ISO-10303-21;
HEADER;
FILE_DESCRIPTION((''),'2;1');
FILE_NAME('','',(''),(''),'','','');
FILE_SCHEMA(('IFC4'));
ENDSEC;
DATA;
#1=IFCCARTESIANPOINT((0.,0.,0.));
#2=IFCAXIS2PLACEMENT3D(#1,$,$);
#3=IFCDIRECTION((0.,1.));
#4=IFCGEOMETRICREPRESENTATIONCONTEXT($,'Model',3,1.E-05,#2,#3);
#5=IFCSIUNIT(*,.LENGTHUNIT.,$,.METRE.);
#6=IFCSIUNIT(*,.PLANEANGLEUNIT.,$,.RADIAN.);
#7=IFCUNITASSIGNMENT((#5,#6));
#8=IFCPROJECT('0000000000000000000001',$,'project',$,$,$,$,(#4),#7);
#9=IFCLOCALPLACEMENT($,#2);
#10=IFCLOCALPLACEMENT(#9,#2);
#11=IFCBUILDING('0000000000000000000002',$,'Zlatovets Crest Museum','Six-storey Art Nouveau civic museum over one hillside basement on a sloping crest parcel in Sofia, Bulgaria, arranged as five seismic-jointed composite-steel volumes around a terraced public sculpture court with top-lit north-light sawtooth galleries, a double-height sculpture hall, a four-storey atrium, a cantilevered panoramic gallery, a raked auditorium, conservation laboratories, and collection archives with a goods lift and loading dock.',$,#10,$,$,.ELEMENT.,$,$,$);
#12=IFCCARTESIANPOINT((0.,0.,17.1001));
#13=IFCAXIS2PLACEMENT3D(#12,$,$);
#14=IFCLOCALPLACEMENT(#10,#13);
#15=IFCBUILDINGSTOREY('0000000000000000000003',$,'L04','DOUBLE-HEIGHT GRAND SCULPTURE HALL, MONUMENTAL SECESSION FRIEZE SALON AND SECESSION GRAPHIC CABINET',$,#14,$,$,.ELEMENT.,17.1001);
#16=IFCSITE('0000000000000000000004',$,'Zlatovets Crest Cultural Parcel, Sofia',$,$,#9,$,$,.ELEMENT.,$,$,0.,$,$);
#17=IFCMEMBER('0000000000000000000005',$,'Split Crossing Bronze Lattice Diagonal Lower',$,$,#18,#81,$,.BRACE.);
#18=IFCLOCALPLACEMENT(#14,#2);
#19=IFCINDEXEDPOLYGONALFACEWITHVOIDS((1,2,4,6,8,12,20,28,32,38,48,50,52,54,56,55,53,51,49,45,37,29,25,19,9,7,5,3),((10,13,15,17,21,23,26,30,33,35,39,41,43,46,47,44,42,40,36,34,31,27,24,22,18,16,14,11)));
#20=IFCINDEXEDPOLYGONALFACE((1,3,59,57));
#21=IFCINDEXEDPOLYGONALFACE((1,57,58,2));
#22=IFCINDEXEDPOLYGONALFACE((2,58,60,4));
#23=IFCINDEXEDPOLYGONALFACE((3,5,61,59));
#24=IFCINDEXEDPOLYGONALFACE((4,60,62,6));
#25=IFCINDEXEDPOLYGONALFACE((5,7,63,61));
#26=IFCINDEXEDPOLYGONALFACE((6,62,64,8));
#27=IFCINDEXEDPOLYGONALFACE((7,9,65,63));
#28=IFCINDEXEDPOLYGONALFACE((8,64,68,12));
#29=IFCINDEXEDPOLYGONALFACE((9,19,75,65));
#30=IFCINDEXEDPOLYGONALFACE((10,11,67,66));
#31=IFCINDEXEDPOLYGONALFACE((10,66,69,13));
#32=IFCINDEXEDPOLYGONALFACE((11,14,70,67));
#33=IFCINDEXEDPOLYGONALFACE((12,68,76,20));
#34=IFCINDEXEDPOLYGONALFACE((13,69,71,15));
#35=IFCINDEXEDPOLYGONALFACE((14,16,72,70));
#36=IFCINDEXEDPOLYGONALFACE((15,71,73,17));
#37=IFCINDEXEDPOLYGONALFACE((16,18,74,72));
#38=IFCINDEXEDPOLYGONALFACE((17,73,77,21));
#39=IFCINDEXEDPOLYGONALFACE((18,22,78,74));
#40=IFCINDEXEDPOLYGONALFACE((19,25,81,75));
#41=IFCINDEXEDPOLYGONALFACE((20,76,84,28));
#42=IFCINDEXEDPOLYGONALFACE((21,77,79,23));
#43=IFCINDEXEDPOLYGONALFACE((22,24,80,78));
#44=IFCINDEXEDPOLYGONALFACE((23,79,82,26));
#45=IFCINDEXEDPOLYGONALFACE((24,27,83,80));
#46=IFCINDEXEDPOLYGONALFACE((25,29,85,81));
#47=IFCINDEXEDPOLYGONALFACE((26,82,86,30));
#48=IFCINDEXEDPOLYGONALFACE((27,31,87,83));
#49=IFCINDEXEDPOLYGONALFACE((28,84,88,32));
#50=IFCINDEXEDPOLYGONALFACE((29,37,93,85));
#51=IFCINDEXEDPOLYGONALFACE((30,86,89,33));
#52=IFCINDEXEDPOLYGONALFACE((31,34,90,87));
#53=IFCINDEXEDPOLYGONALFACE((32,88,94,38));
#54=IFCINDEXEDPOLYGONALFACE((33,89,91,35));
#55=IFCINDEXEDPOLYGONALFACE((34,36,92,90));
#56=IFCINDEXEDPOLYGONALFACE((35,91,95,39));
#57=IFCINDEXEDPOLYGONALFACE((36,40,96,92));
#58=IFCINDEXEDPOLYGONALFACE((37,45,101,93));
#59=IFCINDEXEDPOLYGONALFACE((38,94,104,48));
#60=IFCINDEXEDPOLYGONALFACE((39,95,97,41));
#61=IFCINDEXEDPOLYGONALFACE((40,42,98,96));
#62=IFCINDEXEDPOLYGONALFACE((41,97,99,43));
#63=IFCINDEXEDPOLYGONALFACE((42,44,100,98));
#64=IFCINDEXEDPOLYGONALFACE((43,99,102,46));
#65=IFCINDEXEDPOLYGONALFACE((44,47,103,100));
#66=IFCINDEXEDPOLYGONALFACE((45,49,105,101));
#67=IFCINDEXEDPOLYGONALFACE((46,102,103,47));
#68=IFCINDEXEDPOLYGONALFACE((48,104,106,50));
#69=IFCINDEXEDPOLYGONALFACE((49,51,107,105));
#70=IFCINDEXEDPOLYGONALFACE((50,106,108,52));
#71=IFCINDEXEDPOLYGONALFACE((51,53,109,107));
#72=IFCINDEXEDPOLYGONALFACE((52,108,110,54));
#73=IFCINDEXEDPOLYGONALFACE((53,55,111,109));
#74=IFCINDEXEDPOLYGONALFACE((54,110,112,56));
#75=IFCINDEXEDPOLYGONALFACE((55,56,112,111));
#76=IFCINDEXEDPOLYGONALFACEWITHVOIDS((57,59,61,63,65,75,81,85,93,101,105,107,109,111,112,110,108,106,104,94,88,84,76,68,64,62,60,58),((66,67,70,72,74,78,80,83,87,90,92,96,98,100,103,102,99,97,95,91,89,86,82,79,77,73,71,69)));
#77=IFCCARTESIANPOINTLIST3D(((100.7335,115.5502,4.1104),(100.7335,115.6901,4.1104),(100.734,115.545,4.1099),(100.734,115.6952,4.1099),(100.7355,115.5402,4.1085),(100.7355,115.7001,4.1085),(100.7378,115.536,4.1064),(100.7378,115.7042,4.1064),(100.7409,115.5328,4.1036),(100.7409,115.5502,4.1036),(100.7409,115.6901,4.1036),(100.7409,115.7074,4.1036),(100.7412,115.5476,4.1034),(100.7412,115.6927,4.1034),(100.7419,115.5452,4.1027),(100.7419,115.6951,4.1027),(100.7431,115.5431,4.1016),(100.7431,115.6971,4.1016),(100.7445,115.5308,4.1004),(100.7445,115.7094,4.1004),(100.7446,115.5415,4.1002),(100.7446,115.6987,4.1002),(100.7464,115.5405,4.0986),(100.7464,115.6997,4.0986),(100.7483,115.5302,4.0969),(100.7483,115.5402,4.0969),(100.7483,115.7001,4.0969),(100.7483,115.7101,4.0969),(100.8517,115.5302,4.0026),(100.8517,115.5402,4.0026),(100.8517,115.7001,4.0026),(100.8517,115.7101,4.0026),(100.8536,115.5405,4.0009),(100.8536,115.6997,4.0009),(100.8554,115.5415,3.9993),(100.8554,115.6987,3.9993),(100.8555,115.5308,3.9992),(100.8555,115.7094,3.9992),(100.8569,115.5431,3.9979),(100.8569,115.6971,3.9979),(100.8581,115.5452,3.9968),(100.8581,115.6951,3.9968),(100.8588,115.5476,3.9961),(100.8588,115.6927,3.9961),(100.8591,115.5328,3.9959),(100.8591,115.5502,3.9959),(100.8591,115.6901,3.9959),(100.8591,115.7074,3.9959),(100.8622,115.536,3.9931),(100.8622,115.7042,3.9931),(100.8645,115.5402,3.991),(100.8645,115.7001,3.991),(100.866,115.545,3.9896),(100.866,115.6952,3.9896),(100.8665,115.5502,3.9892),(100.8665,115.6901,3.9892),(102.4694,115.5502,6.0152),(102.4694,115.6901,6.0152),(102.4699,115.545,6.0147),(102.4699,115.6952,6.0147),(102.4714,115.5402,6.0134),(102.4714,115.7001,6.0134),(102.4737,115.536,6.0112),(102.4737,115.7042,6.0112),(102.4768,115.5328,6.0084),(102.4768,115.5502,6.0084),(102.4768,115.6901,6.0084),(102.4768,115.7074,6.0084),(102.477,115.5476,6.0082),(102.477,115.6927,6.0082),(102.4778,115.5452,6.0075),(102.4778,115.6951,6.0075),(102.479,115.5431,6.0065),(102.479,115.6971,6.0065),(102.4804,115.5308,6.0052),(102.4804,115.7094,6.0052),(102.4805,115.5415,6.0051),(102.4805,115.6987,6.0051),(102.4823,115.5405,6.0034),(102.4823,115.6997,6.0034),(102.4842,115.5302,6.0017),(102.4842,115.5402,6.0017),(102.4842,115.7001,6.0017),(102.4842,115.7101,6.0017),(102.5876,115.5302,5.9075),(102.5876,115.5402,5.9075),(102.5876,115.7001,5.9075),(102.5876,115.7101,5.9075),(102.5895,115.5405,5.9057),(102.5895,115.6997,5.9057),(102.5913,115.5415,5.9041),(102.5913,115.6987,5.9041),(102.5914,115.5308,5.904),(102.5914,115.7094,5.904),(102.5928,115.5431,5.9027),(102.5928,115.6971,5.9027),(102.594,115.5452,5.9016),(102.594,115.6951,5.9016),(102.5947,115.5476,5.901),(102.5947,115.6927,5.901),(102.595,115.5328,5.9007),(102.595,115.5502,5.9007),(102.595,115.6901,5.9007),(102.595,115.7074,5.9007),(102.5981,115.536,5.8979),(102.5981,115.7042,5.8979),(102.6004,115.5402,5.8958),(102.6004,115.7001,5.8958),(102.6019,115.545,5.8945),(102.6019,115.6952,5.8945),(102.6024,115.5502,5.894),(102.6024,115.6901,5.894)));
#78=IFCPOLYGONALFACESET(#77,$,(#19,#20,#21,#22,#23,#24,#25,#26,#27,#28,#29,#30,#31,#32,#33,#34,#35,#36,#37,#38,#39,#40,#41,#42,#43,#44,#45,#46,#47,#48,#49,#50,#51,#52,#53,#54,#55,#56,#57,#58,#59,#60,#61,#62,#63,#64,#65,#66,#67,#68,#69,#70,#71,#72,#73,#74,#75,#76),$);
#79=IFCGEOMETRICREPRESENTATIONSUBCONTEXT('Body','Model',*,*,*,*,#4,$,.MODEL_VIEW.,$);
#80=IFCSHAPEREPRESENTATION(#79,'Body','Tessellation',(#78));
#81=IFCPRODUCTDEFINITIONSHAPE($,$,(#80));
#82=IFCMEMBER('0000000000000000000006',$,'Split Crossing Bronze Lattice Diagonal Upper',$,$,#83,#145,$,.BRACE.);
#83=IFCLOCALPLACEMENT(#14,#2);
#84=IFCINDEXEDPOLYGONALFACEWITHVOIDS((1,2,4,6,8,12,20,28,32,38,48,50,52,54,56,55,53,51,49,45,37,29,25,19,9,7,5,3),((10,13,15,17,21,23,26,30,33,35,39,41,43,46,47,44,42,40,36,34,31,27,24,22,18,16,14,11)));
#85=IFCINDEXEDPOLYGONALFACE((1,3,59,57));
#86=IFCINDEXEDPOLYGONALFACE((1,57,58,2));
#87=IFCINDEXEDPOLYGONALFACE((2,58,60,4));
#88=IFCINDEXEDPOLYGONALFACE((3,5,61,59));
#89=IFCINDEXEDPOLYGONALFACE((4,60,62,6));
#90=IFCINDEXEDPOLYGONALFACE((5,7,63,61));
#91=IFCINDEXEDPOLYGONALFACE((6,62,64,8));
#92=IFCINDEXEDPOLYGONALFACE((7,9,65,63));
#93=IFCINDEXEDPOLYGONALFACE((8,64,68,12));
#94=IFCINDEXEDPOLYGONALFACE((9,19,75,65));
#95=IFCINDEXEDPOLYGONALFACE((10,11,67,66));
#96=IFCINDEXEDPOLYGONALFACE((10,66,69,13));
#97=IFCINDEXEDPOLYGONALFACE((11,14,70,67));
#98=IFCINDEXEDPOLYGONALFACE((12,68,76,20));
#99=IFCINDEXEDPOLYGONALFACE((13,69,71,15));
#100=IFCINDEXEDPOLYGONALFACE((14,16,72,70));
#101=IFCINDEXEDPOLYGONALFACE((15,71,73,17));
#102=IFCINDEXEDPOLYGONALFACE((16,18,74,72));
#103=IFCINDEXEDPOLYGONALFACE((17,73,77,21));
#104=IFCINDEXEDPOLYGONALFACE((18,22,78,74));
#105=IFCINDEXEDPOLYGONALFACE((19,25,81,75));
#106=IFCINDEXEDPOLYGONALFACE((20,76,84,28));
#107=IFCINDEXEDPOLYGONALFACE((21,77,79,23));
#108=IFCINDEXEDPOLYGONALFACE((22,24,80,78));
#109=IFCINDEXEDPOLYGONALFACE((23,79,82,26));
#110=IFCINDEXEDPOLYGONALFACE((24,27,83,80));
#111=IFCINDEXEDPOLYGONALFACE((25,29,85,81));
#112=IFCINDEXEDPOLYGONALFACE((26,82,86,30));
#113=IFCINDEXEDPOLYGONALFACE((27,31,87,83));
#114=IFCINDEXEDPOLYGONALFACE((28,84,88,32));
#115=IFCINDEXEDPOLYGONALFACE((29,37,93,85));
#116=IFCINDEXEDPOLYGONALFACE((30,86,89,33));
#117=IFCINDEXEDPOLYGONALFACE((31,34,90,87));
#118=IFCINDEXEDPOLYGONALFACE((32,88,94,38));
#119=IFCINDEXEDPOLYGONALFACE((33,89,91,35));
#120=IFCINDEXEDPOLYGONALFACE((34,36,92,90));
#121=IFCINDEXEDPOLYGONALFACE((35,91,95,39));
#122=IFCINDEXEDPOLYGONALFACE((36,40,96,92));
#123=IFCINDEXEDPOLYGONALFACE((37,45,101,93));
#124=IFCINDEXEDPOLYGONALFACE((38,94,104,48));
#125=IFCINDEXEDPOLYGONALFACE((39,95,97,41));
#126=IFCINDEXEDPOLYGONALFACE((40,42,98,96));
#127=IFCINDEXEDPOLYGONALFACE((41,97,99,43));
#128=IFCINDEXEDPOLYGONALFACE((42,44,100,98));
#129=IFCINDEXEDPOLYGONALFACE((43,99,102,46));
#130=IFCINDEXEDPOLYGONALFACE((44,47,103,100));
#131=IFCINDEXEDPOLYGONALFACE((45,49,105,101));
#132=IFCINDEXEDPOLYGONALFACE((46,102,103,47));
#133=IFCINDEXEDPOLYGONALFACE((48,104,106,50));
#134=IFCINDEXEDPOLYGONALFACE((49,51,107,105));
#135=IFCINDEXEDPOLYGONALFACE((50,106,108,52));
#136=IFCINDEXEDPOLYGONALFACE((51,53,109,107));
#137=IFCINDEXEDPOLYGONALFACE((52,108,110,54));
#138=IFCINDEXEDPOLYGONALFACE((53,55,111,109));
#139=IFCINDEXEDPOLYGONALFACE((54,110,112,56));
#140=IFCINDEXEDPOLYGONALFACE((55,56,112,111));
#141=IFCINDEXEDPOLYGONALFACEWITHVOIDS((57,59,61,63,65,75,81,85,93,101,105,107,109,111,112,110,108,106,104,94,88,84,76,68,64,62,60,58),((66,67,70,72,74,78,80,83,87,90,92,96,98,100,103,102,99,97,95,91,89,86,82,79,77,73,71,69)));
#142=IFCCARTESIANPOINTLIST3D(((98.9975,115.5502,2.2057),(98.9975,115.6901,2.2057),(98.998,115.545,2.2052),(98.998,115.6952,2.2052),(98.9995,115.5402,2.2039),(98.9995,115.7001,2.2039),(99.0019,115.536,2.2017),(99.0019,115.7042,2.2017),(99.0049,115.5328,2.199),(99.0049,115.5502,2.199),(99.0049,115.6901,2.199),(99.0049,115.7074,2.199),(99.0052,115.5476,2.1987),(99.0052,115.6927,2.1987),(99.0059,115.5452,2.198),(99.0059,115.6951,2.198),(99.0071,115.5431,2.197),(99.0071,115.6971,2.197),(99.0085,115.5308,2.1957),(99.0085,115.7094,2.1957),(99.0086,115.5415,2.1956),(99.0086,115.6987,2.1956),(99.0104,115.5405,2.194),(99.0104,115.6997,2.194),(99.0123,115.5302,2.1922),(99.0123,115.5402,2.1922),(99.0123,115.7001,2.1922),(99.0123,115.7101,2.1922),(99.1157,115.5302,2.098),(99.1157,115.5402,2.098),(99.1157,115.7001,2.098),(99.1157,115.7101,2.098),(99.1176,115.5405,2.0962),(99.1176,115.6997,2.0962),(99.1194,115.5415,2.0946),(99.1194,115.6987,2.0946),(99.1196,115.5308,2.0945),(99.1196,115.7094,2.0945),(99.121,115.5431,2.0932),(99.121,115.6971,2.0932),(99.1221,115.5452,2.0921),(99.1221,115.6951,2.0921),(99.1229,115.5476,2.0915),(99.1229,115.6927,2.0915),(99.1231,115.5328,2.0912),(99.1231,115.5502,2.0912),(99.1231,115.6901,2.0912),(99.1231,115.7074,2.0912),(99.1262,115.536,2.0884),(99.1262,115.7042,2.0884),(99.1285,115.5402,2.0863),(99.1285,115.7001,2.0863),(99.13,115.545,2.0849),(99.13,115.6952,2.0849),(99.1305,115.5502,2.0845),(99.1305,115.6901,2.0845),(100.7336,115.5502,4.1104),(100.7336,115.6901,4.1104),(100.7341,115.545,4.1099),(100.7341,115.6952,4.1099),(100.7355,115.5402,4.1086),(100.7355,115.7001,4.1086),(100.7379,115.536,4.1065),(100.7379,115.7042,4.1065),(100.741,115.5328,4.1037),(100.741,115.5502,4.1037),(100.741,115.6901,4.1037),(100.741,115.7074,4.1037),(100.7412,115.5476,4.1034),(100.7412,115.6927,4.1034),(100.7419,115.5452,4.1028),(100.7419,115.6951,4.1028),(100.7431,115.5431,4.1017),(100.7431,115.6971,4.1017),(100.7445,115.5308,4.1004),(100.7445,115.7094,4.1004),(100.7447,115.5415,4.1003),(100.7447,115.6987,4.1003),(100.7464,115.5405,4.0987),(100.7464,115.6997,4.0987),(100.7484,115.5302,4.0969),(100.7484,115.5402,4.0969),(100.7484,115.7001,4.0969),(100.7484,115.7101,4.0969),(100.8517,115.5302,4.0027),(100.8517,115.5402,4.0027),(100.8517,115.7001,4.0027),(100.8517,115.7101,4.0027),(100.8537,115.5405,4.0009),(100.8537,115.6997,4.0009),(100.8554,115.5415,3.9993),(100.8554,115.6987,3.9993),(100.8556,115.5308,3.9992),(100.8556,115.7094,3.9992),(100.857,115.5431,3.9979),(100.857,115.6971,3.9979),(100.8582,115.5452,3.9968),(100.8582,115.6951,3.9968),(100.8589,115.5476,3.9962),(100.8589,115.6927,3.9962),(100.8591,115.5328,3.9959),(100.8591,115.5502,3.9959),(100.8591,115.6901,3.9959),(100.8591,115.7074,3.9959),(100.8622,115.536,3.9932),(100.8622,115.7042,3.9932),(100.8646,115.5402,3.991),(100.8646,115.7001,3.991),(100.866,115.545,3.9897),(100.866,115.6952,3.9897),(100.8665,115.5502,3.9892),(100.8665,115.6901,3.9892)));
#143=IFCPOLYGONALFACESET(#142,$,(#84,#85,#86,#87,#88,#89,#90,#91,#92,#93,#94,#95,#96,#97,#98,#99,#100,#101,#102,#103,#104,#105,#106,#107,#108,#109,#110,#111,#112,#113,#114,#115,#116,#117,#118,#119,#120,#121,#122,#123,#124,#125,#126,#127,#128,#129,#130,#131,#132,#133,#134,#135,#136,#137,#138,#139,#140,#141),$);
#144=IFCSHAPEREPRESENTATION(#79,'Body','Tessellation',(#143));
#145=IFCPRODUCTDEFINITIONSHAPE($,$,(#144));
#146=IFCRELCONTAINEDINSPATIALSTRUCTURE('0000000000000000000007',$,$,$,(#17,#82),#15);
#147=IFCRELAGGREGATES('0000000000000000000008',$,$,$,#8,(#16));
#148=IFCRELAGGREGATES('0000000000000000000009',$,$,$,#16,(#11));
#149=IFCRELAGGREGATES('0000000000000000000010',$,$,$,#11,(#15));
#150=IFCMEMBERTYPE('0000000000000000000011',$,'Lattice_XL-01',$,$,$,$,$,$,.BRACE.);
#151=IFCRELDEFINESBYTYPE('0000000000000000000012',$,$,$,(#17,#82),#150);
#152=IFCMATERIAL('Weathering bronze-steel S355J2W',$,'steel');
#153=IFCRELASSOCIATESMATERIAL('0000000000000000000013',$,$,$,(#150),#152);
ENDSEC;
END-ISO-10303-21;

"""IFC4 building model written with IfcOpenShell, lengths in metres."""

from ifc_helpers import new_model, si_unit, direction, frame, origin, origin_2d, place, context, subcontext, project, spatial, hollow_rectangle, extrude, material, material_profile, profile_set, type_object, element, save


model = new_model("IFC4")

# Units and contexts
model_context = context("Model", 3, precision=1e-05, world=origin(), true_north=direction((0.0, 1.0)))
body_context = subcontext(model_context, "Body", "Model", "MODEL_VIEW")
ifc_project = project(units=[si_unit("LENGTHUNIT", "METRE"), si_unit("PLANEANGLEUNIT", "RADIAN")], contexts=[model_context])

# Site, building, storey
site_placement = place(None, origin())
site = spatial("IfcSite", under=ifc_project, at=site_placement, Name="Zlatovets Crest Cultural Parcel, Sofia", CompositionType="ELEMENT", RefElevation=0.0)
building_placement = place(site_placement, origin())
building = spatial("IfcBuilding", under=site, at=building_placement, Name="Zlatovets Crest Museum", Description="Six-storey Art Nouveau civic museum over one hillside basement on a sloping crest parcel in Sofia, Bulgaria, arranged as five seismic-jointed composite-steel volumes around a terraced public sculpture court with top-lit north-light sawtooth galleries, a double-height sculpture hall, a four-storey atrium, a cantilevered panoramic gallery, a raked auditorium, conservation laboratories, and collection archives with a goods lift and loading dock.", CompositionType="ELEMENT")
storey_placement = place(building_placement, frame((0.0, 0.0, 17.1001)))
storey = spatial("IfcBuildingStorey", under=building, at=storey_placement, Name="L04", Description="DOUBLE-HEIGHT GRAND SCULPTURE HALL, MONUMENTAL SECESSION FRIEZE SALON AND SECESSION GRAPHIC CABINET", CompositionType="ELEMENT", Elevation=17.1001)

# Members
ifc_material_1 = material(Name="Weathering bronze-steel S355J2W", Category="steel")
ifc_material_profile_1 = material_profile(ifc_material_1, hollow_rectangle(XDim=0.1799, YDim=0.1799, WallThickness=0.01, InnerFilletRadius=0.01, OuterFilletRadius=0.02, at=origin_2d()), Name="SHS 180x180x10.0")
ifc_profile_set_1 = profile_set([ifc_material_profile_1], Name="Weathering bronze-steel S355J2W")
member_type_1 = type_object("IfcMemberType", Name="Lattice_XL-01", PredefinedType="BRACE", material=ifc_profile_set_1)
for number, where, z_axis, x_axis, name in (
    (1, (102.5359, 115.6201, 5.9546), (-0.673568, 0.0, -0.739125), (0.0, -1.0, 0.0), "Split Crossing Bronze Lattice Diagonal Lower"),
    (2, (100.8, 115.6201, 4.0498), (-0.67362, 0.0, -0.739078), (0.0, -1.0, 0.0), "Split Crossing Bronze Lattice Diagonal Upper"),
):
    element("IfcMember", number, at=place(storey_placement, frame(where, z_axis=z_axis, x_axis=x_axis)), inside=storey, type_object=member_type_1, Name=name, PredefinedType="BRACE", context=body_context, shape_type="SweptSolid", body=[
        extrude(hollow_rectangle(XDim=0.1799, YDim=0.1799, WallThickness=0.01, InnerFilletRadius=0.01, OuterFilletRadius=0.02, at=origin_2d()), origin(), (0.0, 0.0, 1.0), 2.5771),
    ])

save(model, "model.ifc")
